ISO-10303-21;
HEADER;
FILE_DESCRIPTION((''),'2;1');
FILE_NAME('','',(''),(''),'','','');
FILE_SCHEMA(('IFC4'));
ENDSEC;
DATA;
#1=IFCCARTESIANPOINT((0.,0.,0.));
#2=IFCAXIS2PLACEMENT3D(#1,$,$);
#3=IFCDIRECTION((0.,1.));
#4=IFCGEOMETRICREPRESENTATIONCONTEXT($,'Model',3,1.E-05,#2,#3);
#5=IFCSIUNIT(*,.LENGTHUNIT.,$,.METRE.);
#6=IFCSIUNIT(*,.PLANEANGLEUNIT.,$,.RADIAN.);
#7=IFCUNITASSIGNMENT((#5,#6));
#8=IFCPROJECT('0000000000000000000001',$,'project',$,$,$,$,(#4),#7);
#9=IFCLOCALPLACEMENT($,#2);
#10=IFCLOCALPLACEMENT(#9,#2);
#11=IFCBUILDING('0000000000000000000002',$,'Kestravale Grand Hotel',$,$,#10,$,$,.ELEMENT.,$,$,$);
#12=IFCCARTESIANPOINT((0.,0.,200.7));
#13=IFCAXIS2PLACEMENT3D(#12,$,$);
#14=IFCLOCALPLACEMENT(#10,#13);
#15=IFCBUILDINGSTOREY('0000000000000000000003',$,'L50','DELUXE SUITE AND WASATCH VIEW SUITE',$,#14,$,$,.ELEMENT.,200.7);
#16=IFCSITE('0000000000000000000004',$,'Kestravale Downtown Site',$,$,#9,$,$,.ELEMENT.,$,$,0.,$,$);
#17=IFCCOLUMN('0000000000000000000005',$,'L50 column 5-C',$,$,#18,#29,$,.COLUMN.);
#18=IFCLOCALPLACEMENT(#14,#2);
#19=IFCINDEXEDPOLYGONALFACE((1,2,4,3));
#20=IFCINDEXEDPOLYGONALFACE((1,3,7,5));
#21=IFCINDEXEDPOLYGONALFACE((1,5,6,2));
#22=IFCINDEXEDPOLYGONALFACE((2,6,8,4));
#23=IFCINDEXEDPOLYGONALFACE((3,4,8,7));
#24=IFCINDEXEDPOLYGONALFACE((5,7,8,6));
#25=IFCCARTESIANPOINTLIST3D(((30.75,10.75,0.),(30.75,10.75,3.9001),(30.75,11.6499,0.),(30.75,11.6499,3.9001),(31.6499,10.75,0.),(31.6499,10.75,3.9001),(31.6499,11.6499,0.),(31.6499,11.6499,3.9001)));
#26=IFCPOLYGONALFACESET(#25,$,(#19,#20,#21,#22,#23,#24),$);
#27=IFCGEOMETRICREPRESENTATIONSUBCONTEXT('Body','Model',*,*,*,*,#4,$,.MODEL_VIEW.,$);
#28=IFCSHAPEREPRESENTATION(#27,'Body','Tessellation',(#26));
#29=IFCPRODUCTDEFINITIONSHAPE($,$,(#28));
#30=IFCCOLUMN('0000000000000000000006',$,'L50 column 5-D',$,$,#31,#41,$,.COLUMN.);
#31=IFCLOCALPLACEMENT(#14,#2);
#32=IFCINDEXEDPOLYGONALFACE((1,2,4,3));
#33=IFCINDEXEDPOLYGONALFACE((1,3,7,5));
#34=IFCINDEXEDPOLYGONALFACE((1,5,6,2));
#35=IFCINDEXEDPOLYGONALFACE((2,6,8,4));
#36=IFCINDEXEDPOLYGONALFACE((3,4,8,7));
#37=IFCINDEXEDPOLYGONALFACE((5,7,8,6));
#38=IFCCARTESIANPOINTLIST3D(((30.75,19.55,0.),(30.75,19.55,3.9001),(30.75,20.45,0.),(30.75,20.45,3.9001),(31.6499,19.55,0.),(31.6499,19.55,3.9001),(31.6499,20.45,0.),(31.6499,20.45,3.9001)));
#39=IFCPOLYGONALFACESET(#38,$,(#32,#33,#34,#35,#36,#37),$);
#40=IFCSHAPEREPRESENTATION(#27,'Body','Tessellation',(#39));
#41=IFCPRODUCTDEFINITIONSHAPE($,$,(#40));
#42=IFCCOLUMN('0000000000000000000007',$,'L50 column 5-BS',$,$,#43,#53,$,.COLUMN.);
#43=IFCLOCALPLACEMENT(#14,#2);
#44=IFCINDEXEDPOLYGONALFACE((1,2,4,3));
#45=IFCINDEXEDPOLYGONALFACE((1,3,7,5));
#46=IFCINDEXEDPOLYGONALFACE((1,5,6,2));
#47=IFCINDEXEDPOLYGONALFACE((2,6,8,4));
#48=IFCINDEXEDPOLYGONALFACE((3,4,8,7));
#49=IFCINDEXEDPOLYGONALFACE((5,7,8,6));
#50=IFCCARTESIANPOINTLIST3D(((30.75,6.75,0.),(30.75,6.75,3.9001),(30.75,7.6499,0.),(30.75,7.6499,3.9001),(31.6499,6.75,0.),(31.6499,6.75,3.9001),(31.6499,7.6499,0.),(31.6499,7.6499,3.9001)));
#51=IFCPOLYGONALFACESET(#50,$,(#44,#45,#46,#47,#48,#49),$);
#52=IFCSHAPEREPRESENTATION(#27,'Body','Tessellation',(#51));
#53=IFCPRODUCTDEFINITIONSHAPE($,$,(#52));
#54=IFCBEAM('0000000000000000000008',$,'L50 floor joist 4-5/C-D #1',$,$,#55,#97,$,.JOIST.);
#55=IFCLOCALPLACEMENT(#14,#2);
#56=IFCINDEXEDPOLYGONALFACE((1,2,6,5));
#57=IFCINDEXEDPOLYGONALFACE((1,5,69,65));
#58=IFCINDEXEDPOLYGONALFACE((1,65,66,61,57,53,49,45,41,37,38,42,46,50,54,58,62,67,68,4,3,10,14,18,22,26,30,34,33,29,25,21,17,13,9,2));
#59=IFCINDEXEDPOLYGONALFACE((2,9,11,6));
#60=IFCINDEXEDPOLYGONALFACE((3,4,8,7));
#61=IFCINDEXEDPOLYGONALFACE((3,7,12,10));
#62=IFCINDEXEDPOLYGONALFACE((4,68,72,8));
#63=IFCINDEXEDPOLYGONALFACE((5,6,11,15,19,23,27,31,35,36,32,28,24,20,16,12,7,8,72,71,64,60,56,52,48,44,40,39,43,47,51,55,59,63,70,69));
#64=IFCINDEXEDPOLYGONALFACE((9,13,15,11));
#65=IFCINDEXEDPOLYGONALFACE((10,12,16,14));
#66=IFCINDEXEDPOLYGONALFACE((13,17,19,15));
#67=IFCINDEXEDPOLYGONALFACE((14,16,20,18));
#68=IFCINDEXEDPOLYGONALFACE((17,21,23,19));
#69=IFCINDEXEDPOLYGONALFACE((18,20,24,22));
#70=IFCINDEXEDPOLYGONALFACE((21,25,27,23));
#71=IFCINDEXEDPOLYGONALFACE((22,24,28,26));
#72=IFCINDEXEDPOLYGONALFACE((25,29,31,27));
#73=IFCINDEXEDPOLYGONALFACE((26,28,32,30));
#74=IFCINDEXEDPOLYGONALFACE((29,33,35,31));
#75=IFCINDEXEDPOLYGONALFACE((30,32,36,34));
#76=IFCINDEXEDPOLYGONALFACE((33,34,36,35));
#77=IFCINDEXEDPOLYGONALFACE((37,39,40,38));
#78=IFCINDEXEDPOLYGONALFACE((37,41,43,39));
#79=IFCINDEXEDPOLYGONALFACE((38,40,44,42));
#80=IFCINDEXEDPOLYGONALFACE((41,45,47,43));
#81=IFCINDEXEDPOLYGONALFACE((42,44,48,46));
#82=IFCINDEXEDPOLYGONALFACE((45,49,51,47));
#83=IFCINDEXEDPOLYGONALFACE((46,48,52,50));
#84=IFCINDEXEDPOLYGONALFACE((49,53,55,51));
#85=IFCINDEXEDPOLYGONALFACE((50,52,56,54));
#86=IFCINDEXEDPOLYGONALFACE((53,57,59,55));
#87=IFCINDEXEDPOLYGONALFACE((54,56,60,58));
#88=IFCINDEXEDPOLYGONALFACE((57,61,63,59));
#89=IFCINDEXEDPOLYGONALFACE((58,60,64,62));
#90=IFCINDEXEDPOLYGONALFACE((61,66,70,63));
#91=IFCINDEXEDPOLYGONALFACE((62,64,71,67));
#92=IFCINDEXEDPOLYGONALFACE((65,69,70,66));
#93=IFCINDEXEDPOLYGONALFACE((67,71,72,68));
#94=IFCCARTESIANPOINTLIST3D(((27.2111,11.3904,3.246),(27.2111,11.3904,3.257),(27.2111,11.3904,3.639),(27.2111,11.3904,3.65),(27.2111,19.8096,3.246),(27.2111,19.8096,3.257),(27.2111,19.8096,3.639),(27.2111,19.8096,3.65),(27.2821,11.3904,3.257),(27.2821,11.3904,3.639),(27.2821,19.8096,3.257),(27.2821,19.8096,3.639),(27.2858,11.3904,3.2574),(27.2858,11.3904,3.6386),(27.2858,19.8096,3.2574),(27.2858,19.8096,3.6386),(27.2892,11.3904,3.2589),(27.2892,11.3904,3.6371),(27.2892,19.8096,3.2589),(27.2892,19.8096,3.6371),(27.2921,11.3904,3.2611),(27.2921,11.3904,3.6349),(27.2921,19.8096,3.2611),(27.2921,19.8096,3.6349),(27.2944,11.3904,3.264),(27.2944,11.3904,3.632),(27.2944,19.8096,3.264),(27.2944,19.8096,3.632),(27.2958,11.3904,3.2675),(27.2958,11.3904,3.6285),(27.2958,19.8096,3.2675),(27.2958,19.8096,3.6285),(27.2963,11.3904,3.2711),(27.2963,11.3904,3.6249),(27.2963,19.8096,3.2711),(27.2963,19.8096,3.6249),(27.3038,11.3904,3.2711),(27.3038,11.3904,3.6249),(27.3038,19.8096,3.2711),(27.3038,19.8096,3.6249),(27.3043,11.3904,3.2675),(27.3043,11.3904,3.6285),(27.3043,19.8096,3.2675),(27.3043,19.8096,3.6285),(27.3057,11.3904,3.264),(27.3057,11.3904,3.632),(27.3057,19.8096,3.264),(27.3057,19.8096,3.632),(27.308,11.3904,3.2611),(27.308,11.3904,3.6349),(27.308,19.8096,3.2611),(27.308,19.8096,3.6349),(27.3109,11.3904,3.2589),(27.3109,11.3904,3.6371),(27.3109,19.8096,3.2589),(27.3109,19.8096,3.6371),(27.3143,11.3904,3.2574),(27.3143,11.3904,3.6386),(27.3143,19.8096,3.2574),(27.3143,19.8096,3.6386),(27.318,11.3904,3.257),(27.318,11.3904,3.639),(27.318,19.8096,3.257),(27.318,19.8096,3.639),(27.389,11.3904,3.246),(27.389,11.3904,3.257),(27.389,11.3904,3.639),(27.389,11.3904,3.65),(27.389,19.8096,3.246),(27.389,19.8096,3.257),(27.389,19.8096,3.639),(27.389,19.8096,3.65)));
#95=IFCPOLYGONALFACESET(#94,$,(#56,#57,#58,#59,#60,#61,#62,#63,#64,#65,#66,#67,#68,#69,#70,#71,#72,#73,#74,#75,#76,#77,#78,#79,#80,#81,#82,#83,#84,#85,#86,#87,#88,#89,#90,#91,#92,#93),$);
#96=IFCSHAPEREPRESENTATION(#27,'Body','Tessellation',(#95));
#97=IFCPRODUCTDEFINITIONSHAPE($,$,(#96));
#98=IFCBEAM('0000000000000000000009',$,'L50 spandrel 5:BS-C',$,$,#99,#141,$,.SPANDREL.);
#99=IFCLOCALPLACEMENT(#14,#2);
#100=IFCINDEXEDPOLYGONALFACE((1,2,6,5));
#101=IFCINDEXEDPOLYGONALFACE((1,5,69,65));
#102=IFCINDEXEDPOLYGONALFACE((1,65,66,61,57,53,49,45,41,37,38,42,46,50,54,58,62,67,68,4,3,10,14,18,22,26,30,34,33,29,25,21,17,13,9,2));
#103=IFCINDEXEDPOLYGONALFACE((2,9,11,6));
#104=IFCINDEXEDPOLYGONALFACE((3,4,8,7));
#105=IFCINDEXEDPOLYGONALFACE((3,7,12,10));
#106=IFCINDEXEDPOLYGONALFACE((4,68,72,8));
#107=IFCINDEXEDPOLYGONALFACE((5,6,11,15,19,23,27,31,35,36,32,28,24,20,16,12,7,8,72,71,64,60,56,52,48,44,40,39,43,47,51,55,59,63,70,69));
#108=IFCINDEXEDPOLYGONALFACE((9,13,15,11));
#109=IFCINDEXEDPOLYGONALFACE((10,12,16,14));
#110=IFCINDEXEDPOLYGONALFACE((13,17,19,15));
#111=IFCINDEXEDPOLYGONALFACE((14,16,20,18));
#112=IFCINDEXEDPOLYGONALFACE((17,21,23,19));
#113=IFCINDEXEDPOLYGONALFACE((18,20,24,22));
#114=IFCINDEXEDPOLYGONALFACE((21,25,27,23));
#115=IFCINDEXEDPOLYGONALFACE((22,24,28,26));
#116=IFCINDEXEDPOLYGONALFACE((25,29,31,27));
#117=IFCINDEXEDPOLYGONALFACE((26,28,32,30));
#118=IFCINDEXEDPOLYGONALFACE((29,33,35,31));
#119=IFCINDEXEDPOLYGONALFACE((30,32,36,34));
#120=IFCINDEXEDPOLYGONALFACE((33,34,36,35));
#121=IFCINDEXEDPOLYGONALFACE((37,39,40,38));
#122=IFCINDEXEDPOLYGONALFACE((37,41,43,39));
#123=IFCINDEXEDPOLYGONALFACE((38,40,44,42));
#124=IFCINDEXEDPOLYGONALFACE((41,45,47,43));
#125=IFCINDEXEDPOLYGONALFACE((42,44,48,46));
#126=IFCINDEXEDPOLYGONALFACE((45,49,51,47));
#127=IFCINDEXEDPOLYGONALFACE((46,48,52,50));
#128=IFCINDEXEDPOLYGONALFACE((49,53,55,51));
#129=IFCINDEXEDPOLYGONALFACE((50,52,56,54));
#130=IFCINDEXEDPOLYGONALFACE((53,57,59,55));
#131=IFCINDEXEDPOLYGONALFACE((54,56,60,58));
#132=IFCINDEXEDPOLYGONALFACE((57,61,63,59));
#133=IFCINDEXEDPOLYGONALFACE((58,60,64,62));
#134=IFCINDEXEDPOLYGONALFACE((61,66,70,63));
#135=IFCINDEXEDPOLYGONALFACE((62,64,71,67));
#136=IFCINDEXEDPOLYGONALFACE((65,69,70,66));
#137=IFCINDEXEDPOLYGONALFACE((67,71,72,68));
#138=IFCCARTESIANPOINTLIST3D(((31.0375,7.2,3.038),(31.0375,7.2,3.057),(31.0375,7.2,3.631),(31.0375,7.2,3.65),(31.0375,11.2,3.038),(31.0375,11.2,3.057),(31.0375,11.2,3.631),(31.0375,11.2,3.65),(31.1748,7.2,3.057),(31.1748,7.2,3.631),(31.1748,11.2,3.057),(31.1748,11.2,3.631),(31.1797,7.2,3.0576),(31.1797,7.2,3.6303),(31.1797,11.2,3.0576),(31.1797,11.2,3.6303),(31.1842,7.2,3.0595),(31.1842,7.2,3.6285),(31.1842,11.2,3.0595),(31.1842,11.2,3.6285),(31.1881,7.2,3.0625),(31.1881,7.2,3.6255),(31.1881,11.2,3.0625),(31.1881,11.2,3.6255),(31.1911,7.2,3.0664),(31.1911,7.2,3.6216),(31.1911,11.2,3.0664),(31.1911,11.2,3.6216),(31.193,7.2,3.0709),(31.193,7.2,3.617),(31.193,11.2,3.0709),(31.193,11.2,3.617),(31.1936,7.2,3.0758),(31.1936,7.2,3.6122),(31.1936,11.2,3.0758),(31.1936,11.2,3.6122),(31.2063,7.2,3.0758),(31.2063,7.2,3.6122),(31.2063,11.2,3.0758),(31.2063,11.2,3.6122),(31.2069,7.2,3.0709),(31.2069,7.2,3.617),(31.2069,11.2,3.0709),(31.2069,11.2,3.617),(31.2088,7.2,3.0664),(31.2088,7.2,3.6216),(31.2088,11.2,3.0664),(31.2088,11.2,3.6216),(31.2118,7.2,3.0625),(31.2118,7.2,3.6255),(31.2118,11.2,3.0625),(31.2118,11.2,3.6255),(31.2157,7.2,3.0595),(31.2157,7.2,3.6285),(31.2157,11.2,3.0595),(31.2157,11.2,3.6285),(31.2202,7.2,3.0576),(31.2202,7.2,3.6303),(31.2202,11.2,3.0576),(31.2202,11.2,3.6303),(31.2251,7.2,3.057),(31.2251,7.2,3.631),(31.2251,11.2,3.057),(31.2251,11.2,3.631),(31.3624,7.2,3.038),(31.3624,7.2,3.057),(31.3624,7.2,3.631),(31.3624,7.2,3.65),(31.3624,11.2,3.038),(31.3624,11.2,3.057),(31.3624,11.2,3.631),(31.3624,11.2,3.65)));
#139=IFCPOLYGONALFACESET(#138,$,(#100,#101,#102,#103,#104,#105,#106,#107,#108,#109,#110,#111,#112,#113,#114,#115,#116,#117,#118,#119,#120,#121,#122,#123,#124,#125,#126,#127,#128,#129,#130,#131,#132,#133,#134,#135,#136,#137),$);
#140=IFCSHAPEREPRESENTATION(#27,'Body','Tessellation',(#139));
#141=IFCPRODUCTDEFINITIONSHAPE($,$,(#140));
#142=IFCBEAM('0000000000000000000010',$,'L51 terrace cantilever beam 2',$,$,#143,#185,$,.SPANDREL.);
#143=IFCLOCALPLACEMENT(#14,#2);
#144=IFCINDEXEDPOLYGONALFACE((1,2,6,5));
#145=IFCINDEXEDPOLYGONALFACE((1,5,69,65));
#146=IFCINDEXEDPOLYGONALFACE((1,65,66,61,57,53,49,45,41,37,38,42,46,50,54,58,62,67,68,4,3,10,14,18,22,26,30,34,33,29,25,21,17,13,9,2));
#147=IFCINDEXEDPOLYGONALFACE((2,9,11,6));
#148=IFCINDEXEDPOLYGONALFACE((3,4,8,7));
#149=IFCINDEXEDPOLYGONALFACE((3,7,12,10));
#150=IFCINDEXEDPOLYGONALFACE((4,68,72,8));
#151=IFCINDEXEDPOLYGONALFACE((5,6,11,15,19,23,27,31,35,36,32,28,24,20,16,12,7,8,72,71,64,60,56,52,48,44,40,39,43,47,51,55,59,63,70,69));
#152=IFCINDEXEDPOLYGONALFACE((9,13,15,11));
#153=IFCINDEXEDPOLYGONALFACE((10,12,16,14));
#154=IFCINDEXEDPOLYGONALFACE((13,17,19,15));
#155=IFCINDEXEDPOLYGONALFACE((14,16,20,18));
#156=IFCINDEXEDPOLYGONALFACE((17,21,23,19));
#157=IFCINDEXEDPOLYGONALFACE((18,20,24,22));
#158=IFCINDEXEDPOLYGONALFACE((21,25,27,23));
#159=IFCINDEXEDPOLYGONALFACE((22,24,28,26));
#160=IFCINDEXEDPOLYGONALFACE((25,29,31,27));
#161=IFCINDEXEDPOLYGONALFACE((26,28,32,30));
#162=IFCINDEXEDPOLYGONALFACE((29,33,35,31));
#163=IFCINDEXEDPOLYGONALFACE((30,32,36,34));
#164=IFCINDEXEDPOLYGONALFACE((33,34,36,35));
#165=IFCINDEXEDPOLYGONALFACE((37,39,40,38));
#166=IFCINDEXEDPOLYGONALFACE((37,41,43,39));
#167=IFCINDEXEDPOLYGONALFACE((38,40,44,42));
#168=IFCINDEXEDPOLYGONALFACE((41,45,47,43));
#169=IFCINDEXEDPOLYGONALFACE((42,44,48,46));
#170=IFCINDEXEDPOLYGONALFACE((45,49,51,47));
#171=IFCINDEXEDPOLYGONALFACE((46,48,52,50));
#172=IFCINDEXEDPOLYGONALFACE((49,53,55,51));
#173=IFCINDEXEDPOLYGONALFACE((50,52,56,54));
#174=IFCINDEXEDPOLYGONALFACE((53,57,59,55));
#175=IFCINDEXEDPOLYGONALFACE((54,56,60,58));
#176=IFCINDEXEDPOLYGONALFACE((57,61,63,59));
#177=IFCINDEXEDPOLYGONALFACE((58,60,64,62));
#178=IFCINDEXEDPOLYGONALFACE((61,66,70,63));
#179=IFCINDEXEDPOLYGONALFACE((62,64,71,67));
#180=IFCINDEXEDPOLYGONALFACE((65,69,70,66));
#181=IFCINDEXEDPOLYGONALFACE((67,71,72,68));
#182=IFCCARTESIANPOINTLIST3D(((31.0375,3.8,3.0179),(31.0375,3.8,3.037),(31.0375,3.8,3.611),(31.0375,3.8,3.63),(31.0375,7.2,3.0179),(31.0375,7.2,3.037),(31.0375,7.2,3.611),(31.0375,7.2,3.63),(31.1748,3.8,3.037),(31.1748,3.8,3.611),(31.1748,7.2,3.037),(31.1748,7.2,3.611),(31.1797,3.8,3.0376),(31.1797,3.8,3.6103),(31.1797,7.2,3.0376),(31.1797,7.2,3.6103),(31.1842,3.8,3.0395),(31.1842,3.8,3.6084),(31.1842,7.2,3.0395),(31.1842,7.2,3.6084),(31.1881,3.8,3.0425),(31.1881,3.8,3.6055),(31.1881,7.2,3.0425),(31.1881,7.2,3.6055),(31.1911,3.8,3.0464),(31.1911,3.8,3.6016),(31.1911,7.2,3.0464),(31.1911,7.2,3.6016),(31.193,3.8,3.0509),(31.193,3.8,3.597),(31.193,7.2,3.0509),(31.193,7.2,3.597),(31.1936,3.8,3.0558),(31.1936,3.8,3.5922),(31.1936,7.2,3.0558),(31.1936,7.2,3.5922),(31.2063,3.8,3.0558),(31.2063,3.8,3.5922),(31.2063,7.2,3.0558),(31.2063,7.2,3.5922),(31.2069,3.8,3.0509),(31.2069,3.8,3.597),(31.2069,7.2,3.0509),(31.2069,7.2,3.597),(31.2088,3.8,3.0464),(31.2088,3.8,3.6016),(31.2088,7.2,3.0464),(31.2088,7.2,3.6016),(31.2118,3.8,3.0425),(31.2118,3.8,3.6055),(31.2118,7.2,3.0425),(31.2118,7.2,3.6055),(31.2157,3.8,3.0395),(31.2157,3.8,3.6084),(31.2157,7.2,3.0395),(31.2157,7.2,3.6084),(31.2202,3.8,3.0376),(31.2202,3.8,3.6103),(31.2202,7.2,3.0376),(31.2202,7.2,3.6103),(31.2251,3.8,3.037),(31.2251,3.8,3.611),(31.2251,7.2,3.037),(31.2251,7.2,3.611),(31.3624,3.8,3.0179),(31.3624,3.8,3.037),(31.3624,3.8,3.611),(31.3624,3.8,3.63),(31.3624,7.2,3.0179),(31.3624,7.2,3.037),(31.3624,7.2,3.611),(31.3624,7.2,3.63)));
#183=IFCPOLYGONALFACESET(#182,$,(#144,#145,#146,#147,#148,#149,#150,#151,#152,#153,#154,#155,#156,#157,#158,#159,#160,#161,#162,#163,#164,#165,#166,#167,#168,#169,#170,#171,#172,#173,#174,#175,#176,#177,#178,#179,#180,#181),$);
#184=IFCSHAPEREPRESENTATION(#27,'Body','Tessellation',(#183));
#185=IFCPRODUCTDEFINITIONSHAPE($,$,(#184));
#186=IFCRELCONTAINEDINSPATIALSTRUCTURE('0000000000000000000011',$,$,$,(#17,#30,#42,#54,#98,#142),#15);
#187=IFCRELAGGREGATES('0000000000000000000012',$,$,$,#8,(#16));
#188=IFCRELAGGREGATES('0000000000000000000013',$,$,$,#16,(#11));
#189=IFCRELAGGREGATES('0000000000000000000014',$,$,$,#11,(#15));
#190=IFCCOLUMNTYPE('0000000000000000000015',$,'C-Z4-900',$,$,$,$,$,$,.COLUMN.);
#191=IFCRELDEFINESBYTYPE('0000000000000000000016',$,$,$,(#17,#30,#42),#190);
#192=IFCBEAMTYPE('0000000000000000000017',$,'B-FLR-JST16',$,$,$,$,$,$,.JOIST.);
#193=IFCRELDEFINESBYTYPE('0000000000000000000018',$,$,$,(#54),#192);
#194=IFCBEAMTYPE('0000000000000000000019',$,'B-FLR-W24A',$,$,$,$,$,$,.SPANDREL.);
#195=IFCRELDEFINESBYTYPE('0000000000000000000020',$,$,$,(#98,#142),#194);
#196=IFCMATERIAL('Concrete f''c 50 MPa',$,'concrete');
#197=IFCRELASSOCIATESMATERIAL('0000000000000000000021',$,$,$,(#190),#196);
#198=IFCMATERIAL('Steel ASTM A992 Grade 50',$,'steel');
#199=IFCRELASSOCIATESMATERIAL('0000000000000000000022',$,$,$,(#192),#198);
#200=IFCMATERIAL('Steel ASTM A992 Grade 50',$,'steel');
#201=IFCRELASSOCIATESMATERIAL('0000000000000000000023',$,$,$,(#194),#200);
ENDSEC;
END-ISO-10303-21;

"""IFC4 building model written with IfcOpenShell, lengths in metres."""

from ifc_helpers import new_model, si_unit, direction, frame, origin, origin_2d, place, context, subcontext, project, spatial, rectangle, i_section, extrude, material, material_profile, profile_set, type_object, element, save


model = new_model("IFC4")

# Units and contexts
model_context = context("Model", 3, precision=1e-05, world=origin(), true_north=direction((0.0, 1.0)))
body_context = subcontext(model_context, "Body", "Model", "MODEL_VIEW")
ifc_project = project(units=[si_unit("LENGTHUNIT", "METRE"), si_unit("PLANEANGLEUNIT", "RADIAN")], contexts=[model_context])

# Site, building, storey
site_placement = place(None, origin())
site = spatial("IfcSite", under=ifc_project, at=site_placement, Name="Kestravale Downtown Site", CompositionType="ELEMENT", RefElevation=0.0)
building_placement = place(site_placement, origin())
building = spatial("IfcBuilding", under=site, at=building_placement, Name="Kestravale Grand Hotel", CompositionType="ELEMENT")
storey_placement = place(building_placement, frame((0.0, 0.0, 200.7)))
storey = spatial("IfcBuildingStorey", under=building, at=storey_placement, Name="L50", Description="DELUXE SUITE AND WASATCH VIEW SUITE", CompositionType="ELEMENT", Elevation=200.7)

# Columns
ifc_material_1 = material(Name="Concrete f'c 50 MPa", Category="concrete")
ifc_material_profile_1 = material_profile(ifc_material_1, rectangle(XDim=0.8999, YDim=0.8999, at=origin_2d()))
ifc_profile_set_1 = profile_set([ifc_material_profile_1], Name="Concrete f'c 50 MPa")
column_type = type_object("IfcColumnType", Name="C-Z4-900", PredefinedType="COLUMN", material=ifc_profile_set_1)
for number, where, z_axis, x_axis, name in (
    (1, (31.2, 11.2, 0.0), (0.0, 0.0, 1.0), (1.0, 0.0, 0.0), "L50 column 5-C"),
    (2, (31.2, 20.0, 0.0), (0.0, 0.0, 1.0), (1.0, 0.0, 0.0), "L50 column 5-D"),
    (3, (31.2, 7.2, 0.0), (0.0, 0.0, 1.0), (1.0, 0.0, 0.0), "L50 column 5-BS"),
):
    element("IfcColumn", number, at=place(storey_placement, frame(where, z_axis=z_axis, x_axis=x_axis)), inside=storey, type_object=column_type, Name=name, PredefinedType="COLUMN", context=body_context, shape_type="SweptSolid", body=[
        extrude(rectangle(XDim=0.8999, YDim=0.8999, at=origin_2d()), origin(), (0.0, 0.0, 1.0), 3.9001),
    ])

# Beams
ifc_material_2 = material(Name="Steel ASTM A992 Grade 50", Category="steel")
ifc_material_profile_2 = material_profile(ifc_material_2, i_section(OverallWidth=0.178, OverallDepth=0.4041, WebThickness=0.0076, FlangeThickness=0.011, FilletRadius=0.0142, at=origin_2d()))
ifc_profile_set_2 = profile_set([ifc_material_profile_2], Name="Steel ASTM A992 Grade 50")
beam_type_1 = type_object("IfcBeamType", Name="B-FLR-JST16", PredefinedType="JOIST", material=ifc_profile_set_2)
beam_1_placement = place(storey_placement, frame((27.3, 11.3904, 3.448), z_axis=(0.0, 1.0, 0.0), x_axis=(-1.0, 0.0, 0.0)))
element("IfcBeam", 4, at=beam_1_placement, inside=storey, type_object=beam_type_1, Name="L50 floor joist 4-5/C-D #1", PredefinedType="JOIST", context=body_context, shape_type="SweptSolid", body=[
    extrude(i_section(OverallWidth=0.178, OverallDepth=0.4041, WebThickness=0.0076, FlangeThickness=0.011, FilletRadius=0.0142, at=origin_2d()), origin(), (0.0, 0.0, 1.0), 8.4192),
])
ifc_material_3 = material(Name="Steel ASTM A992 Grade 50", Category="steel")
ifc_material_profile_3 = material_profile(ifc_material_3, i_section(OverallWidth=0.325, OverallDepth=0.6121, WebThickness=0.0127, FlangeThickness=0.019, FilletRadius=0.0188, at=origin_2d()))
ifc_profile_set_3 = profile_set([ifc_material_profile_3], Name="Steel ASTM A992 Grade 50")
beam_type_2 = type_object("IfcBeamType", Name="B-FLR-W24A", PredefinedType="SPANDREL", material=ifc_profile_set_3)
beam_2_placement = place(storey_placement, frame((31.2, 7.2, 3.344), z_axis=(0.0, 1.0, 0.0), x_axis=(-1.0, 0.0, 0.0)))
element("IfcBeam", 5, at=beam_2_placement, inside=storey, type_object=beam_type_2, Name="L50 spandrel 5:BS-C", PredefinedType="SPANDREL", context=body_context, shape_type="SweptSolid", body=[
    extrude(i_section(OverallWidth=0.325, OverallDepth=0.6121, WebThickness=0.0127, FlangeThickness=0.019, FilletRadius=0.0188, at=origin_2d()), origin(), (0.0, 0.0, 1.0), 4.0),
])
beam_3_placement = place(storey_placement, frame((31.2, 7.2, 3.324), z_axis=(0.0, -1.0, 0.0), x_axis=(1.0, 0.0, 0.0)))
element("IfcBeam", 6, at=beam_3_placement, inside=storey, type_object=beam_type_2, Name="L51 terrace cantilever beam 2", PredefinedType="SPANDREL", context=body_context, shape_type="SweptSolid", body=[
    extrude(i_section(OverallWidth=0.325, OverallDepth=0.6121, WebThickness=0.0127, FlangeThickness=0.019, FilletRadius=0.0188, at=origin_2d()), origin(), (0.0, 0.0, 1.0), 3.3999),
])

save(model, "model.ifc")
